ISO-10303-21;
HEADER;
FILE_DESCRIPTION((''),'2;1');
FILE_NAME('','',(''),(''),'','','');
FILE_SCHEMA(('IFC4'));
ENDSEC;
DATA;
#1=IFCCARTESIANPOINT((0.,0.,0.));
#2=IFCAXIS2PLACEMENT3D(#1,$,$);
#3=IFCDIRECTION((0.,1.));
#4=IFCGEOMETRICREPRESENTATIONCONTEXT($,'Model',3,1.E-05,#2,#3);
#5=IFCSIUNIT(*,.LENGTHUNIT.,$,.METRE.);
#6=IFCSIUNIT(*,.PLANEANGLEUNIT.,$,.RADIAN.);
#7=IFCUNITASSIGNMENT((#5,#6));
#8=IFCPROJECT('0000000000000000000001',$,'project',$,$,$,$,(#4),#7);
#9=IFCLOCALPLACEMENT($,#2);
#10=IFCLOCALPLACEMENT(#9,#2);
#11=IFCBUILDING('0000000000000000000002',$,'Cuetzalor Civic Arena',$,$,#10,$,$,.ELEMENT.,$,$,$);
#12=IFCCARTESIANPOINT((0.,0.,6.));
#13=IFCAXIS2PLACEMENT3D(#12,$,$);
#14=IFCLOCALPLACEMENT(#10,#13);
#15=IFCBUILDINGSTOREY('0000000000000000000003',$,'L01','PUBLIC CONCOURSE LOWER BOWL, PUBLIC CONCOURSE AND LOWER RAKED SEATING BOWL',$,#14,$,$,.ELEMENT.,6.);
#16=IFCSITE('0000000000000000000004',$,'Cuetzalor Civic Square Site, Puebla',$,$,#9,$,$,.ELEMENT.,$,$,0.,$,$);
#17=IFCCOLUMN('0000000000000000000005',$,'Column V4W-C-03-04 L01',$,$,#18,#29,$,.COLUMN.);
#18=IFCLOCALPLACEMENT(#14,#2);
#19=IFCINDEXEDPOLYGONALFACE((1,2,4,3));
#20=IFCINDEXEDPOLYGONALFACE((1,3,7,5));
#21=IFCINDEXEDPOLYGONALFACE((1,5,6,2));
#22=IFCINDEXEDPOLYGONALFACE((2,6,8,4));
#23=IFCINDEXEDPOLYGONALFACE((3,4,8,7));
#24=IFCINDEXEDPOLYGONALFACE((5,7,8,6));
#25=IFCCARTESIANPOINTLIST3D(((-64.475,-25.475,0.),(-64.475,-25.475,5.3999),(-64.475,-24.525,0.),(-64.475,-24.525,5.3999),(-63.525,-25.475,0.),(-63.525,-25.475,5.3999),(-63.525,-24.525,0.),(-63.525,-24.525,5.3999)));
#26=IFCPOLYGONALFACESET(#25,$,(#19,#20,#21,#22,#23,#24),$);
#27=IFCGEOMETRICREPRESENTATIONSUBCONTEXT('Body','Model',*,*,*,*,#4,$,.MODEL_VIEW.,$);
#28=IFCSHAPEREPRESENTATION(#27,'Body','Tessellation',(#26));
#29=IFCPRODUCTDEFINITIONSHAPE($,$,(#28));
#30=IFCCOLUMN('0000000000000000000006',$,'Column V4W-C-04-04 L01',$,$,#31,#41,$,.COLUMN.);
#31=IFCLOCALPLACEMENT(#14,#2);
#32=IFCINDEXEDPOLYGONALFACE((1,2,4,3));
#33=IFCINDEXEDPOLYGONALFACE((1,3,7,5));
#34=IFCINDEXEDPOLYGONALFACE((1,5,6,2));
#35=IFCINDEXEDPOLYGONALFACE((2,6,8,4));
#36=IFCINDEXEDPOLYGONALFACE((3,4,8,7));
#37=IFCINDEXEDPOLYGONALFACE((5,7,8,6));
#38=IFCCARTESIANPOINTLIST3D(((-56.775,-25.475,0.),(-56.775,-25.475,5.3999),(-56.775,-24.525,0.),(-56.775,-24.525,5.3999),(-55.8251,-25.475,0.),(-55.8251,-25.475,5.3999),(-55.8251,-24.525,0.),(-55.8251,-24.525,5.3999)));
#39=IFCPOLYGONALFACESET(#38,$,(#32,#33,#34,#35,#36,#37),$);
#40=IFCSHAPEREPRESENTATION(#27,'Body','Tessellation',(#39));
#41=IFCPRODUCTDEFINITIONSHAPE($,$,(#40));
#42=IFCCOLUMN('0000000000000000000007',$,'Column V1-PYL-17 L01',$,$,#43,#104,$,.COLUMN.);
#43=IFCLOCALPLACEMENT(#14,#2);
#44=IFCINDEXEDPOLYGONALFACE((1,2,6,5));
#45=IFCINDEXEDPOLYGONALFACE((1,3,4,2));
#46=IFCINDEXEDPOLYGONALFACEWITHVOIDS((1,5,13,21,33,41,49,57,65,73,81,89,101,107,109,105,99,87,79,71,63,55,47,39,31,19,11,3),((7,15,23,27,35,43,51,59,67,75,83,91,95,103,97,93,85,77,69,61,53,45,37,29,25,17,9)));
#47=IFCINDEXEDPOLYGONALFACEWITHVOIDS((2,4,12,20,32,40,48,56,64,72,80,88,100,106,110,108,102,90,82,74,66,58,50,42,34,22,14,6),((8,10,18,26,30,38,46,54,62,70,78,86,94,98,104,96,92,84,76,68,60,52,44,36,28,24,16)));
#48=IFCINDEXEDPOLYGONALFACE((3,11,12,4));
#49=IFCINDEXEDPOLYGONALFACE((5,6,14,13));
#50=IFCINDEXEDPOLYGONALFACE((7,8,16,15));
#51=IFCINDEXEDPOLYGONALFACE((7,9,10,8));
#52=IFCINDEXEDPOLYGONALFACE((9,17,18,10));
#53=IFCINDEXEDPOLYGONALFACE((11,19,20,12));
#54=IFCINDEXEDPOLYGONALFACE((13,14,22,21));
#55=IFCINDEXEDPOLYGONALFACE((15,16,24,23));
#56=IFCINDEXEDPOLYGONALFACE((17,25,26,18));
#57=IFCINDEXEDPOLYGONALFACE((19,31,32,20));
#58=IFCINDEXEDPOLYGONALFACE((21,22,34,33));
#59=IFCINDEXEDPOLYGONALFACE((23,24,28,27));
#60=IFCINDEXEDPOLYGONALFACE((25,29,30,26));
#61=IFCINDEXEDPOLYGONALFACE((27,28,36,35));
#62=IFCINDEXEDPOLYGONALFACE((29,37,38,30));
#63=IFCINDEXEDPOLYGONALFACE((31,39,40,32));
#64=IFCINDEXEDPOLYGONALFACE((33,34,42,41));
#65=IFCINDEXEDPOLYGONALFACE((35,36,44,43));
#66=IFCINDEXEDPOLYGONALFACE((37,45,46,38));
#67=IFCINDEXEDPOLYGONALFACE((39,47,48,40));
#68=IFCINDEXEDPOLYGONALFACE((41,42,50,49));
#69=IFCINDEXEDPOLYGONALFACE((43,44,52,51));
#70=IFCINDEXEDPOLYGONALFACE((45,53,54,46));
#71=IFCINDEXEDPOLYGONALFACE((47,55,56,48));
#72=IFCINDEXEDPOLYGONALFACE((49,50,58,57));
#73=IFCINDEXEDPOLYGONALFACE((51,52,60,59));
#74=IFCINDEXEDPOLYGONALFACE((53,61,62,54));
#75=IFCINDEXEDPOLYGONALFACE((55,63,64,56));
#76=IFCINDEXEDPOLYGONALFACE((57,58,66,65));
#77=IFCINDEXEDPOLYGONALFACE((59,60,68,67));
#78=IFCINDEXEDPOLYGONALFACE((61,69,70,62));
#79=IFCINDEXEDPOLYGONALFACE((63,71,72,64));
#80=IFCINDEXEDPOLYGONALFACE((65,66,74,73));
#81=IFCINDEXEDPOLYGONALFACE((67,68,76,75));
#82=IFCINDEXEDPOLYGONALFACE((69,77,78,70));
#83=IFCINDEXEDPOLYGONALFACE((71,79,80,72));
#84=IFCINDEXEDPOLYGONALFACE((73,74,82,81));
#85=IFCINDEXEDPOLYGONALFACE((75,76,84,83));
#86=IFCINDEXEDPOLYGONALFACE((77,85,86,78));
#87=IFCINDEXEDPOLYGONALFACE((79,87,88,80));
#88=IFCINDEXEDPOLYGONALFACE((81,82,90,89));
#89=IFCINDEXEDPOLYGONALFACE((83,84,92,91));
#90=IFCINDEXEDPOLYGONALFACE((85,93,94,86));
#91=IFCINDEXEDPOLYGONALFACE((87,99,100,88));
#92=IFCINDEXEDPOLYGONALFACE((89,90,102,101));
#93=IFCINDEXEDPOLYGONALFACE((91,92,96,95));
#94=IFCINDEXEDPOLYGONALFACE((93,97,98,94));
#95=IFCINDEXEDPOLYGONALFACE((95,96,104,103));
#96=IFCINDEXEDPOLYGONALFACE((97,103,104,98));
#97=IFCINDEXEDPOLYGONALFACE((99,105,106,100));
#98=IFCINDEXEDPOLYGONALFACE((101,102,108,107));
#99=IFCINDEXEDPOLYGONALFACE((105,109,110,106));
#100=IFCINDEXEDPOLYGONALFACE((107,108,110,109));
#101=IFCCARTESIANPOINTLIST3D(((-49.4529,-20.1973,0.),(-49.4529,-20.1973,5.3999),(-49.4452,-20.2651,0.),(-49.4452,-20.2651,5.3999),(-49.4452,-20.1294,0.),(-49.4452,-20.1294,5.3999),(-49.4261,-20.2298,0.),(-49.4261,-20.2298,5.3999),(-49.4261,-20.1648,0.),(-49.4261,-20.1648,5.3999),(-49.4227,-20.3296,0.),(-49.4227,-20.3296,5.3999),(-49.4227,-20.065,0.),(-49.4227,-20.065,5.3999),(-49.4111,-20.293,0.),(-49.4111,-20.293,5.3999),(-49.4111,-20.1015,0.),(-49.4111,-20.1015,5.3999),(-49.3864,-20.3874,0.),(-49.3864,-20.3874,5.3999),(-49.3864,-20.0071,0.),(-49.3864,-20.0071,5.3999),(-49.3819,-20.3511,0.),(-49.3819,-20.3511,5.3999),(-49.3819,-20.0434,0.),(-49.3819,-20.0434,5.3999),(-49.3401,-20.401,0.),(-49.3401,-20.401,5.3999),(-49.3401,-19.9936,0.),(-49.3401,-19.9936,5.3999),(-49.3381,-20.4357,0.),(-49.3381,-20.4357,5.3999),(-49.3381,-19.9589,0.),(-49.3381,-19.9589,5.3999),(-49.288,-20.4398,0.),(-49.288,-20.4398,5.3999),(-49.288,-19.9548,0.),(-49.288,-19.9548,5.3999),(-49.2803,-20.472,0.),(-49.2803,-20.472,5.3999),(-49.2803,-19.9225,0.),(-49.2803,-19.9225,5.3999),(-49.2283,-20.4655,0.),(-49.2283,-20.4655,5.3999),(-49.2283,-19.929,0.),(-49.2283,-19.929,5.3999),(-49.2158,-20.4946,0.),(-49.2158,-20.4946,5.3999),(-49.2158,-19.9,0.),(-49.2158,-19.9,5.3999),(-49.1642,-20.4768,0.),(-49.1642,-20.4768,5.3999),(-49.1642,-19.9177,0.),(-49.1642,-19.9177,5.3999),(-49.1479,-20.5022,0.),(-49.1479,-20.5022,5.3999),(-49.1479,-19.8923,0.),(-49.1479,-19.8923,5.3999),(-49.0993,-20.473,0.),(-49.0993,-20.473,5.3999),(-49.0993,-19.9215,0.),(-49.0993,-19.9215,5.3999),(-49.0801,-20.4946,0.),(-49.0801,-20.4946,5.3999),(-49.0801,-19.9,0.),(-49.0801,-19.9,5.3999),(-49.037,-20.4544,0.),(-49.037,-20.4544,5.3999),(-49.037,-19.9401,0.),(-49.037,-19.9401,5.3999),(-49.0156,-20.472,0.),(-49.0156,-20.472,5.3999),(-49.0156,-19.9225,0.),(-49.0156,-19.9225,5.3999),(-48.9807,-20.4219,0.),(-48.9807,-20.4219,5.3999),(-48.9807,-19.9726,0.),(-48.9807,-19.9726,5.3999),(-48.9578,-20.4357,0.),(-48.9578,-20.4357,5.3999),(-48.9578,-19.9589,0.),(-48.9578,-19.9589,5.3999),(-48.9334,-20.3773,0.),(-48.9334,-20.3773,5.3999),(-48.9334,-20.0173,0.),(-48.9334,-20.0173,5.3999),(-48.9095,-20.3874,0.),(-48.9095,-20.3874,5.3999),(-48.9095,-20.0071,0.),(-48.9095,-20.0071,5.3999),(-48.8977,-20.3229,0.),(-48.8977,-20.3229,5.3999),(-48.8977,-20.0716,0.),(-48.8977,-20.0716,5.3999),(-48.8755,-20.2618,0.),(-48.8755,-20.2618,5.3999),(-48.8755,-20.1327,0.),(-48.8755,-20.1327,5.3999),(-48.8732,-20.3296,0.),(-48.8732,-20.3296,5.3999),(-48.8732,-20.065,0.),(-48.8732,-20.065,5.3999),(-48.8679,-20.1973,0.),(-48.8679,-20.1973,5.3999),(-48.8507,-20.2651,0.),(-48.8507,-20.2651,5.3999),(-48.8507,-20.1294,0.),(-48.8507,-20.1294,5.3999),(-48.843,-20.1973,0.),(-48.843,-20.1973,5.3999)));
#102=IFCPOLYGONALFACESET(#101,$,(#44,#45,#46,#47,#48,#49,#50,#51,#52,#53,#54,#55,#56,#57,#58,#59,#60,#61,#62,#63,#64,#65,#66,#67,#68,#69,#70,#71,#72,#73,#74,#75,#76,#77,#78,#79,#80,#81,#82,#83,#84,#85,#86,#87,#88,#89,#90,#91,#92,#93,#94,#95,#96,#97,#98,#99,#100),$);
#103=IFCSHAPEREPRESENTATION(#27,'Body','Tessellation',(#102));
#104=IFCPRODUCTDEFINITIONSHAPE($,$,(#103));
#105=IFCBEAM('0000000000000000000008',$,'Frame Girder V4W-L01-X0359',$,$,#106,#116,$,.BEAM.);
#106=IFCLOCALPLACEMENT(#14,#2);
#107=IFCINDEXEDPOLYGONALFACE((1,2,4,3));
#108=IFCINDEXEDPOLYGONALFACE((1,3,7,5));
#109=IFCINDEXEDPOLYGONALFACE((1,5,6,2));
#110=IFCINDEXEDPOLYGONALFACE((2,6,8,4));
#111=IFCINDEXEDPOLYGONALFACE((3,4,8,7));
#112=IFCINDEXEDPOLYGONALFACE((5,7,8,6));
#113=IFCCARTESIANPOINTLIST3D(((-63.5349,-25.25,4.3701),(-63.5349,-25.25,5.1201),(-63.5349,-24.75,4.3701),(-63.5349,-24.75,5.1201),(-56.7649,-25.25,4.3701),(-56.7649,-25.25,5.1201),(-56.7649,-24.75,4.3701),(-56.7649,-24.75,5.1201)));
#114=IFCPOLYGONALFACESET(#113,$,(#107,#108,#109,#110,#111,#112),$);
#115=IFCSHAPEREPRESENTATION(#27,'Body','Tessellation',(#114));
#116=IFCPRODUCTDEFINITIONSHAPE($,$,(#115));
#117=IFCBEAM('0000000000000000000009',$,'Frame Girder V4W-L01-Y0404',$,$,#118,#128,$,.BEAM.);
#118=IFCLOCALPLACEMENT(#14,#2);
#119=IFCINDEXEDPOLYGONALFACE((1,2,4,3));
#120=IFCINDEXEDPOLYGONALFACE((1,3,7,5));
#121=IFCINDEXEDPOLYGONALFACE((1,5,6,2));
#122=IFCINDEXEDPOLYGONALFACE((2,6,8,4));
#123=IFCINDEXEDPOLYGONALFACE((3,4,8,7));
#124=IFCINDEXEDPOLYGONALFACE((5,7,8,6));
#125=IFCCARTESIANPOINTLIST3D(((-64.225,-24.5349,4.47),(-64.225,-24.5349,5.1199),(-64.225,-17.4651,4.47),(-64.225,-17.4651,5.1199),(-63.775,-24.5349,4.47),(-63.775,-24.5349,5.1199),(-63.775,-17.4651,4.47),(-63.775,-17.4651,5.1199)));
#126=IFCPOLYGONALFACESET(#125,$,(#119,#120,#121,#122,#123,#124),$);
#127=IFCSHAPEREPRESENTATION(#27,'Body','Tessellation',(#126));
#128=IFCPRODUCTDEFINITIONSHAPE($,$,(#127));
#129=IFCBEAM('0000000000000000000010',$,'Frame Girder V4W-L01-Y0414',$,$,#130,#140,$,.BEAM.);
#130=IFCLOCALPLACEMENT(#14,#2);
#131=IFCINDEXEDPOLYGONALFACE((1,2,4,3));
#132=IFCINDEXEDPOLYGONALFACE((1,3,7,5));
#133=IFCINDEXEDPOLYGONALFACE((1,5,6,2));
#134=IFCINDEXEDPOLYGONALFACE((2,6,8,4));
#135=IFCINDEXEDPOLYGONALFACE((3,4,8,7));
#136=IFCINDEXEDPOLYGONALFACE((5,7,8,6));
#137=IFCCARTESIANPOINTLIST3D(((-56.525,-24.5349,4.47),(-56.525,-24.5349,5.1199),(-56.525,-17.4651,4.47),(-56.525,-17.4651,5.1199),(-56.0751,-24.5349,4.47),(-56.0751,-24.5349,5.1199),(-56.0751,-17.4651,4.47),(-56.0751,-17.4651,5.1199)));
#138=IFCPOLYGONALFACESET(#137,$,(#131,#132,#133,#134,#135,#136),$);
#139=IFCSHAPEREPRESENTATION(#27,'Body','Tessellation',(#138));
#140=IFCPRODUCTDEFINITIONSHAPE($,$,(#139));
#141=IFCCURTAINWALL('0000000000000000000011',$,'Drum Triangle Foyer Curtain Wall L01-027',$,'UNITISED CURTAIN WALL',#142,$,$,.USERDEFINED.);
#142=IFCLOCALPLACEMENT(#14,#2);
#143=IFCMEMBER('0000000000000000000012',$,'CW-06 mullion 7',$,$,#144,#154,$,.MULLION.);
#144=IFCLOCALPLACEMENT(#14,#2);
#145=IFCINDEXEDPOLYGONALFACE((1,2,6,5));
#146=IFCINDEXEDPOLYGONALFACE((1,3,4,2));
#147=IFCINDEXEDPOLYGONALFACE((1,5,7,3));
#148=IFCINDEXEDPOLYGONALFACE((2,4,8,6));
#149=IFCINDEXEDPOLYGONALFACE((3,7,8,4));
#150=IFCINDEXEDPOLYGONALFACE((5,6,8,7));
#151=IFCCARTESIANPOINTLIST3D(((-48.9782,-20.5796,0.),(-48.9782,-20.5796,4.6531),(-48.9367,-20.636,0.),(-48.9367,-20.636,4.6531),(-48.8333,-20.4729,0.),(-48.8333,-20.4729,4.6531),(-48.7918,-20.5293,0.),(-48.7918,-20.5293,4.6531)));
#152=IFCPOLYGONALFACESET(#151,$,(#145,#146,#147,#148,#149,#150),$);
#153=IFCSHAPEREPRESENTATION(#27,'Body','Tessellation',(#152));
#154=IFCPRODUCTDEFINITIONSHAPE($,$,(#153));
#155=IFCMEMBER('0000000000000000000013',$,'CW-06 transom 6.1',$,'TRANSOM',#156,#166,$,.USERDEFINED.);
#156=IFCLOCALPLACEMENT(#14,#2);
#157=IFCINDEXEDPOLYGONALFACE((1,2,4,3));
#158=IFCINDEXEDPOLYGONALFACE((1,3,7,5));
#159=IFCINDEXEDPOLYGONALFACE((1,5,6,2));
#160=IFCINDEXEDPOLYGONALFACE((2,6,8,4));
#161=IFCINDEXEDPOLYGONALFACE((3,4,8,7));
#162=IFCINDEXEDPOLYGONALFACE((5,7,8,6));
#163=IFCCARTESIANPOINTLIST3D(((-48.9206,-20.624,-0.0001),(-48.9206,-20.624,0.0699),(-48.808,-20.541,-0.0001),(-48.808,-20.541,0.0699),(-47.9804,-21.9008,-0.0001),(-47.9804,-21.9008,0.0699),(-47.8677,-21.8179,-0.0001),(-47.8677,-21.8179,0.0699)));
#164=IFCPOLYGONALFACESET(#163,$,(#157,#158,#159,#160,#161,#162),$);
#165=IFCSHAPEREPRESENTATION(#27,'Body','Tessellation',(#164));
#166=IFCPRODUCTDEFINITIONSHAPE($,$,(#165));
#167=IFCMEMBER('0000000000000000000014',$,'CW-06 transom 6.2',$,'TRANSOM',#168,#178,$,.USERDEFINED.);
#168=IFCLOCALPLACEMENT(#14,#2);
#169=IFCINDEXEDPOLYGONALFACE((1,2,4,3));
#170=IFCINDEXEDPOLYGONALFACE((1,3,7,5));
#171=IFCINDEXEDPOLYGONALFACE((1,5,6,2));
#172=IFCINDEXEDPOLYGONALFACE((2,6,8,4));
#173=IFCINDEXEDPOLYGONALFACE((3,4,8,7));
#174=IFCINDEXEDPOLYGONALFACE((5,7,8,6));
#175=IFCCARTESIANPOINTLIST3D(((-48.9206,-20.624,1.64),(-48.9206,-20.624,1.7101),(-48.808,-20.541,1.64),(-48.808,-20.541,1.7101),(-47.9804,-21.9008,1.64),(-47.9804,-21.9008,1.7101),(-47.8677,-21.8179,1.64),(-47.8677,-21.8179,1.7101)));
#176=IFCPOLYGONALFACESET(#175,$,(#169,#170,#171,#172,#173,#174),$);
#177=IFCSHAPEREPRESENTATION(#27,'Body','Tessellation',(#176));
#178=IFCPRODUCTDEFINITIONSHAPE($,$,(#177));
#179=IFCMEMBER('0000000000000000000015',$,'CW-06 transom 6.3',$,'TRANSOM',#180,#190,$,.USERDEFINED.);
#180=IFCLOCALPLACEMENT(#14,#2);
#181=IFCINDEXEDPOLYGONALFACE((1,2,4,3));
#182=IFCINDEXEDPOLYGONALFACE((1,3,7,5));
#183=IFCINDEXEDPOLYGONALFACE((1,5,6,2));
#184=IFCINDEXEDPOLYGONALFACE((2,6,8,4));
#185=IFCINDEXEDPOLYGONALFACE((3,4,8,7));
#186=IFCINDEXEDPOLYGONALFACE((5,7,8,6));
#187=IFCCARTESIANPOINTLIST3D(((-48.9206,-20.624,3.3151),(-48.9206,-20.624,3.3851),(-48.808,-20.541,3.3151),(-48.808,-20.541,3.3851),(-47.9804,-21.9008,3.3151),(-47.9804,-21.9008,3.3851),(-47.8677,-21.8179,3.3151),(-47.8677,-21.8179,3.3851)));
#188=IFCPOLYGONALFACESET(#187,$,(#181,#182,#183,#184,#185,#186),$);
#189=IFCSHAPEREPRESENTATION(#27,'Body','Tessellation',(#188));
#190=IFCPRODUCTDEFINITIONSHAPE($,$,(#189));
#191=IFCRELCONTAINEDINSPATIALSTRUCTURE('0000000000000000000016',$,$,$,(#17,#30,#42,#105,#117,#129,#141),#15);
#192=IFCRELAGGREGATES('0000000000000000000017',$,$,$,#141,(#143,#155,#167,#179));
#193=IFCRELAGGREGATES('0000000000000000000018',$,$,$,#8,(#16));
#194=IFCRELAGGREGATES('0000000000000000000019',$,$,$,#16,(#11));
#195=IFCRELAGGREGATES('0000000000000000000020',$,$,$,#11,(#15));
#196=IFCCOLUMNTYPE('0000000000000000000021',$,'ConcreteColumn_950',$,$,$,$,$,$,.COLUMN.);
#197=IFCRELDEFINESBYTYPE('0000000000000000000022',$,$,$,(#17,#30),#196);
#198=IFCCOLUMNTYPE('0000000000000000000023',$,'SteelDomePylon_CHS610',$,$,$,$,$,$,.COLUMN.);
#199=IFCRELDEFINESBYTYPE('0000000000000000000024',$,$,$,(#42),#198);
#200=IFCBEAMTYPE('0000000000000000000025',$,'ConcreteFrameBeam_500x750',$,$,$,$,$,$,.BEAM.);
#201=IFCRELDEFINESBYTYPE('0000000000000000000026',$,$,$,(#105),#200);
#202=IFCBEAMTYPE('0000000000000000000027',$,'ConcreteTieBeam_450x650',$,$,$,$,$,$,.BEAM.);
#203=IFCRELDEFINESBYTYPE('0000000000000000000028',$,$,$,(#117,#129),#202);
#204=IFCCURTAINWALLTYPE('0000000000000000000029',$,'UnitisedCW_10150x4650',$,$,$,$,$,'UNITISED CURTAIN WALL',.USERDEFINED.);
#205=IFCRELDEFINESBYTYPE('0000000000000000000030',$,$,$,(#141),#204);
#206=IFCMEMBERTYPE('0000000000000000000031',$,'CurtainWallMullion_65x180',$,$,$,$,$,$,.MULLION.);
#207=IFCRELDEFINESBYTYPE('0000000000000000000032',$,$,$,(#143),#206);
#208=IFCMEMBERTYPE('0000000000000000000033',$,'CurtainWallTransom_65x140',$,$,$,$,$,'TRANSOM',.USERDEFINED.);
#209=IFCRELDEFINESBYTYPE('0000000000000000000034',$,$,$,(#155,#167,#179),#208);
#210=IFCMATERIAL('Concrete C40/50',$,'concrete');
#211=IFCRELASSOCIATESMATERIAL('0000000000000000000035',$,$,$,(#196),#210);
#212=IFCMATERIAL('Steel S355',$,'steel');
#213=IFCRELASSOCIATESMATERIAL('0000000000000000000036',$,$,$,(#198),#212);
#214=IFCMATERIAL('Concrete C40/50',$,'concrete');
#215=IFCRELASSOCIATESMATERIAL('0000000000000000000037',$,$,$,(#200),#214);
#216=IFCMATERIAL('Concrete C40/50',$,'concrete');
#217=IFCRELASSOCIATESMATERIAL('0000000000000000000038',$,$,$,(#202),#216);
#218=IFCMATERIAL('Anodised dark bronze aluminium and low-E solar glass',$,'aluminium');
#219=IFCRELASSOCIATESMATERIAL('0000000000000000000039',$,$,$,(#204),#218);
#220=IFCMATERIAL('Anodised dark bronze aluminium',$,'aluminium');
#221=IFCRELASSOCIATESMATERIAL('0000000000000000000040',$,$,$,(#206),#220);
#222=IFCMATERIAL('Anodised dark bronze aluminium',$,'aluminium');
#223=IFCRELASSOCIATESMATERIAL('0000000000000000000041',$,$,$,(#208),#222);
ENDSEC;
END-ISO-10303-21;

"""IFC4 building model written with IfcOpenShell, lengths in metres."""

from ifc_helpers import new_model, si_unit, direction, frame, origin, origin_2d, place, context, subcontext, project, spatial, rectangle, hollow_circle, extrude, material, material_profile, profile_set, type_object, element, aggregate, save


model = new_model("IFC4")

# Units and contexts
model_context = context("Model", 3, precision=1e-05, world=origin(), true_north=direction((0.0, 1.0)))
body_context = subcontext(model_context, "Body", "Model", "MODEL_VIEW")
ifc_project = project(units=[si_unit("LENGTHUNIT", "METRE"), si_unit("PLANEANGLEUNIT", "RADIAN")], contexts=[model_context])

# Site, building, storey
site_placement = place(None, origin())
site = spatial("IfcSite", under=ifc_project, at=site_placement, Name="Cuetzalor Civic Square Site, Puebla", CompositionType="ELEMENT", RefElevation=0.0)
building_placement = place(site_placement, origin())
building = spatial("IfcBuilding", under=site, at=building_placement, Name="Cuetzalor Civic Arena", CompositionType="ELEMENT")
storey_placement = place(building_placement, frame((0.0, 0.0, 6.0)))
storey = spatial("IfcBuildingStorey", under=building, at=storey_placement, Name="L01", Description="PUBLIC CONCOURSE LOWER BOWL, PUBLIC CONCOURSE AND LOWER RAKED SEATING BOWL", CompositionType="ELEMENT", Elevation=6.0)

# Columns
ifc_material_1 = material(Name="Concrete C40/50", Category="concrete")
ifc_material_profile_1 = material_profile(ifc_material_1, rectangle(XDim=0.95, YDim=0.95, at=origin_2d()), Name="RC 950x950")
ifc_profile_set_1 = profile_set([ifc_material_profile_1], Name="Concrete C40/50")
column_type_1 = type_object("IfcColumnType", Name="ConcreteColumn_950", PredefinedType="COLUMN", material=ifc_profile_set_1)
for number, where, z_axis, x_axis, name in (
    (1, (-64.0, -25.0, 0.0), (0.0, 0.0, 1.0), (1.0, 0.0, 0.0), "Column V4W-C-03-04 L01"),
    (2, (-56.3, -25.0, 0.0), (0.0, 0.0, 1.0), (1.0, 0.0, 0.0), "Column V4W-C-04-04 L01"),
):
    element("IfcColumn", number, at=place(storey_placement, frame(where, z_axis=z_axis, x_axis=x_axis)), inside=storey, type_object=column_type_1, Name=name, PredefinedType="COLUMN", context=body_context, shape_type="SweptSolid", body=[
        extrude(rectangle(XDim=0.95, YDim=0.95, at=origin_2d()), origin(), (0.0, 0.0, 1.0), 5.3999),
    ])
ifc_material_2 = material(Name="Steel S355", Category="steel")
ifc_material_profile_2 = material_profile(ifc_material_2, hollow_circle(Radius=0.3049, WallThickness=0.0249, at=origin_2d()), Name="CHS 610x25")
ifc_profile_set_2 = profile_set([ifc_material_profile_2], Name="Steel S355")
column_type_2 = type_object("IfcColumnType", Name="SteelDomePylon_CHS610", PredefinedType="COLUMN", material=ifc_profile_set_2)
column_placement = place(storey_placement, frame((-49.1479, -20.1973, 0.0), z_axis=(0.0, 0.0, 1.0), x_axis=(1.0, 0.0, 0.0)))
element("IfcColumn", 3, at=column_placement, inside=storey, type_object=column_type_2, Name="Column V1-PYL-17 L01", PredefinedType="COLUMN", context=body_context, shape_type="SweptSolid", body=[
    extrude(hollow_circle(Radius=0.3049, WallThickness=0.0249, at=origin_2d()), origin(), (0.0, 0.0, 1.0), 5.3999),
])

# Beams
ifc_material_3 = material(Name="Concrete C40/50", Category="concrete")
ifc_material_profile_3 = material_profile(ifc_material_3, rectangle(XDim=0.5, YDim=0.75, at=origin_2d()), Name="RC 500x750")
ifc_profile_set_3 = profile_set([ifc_material_profile_3], Name="Concrete C40/50")
beam_type_1 = type_object("IfcBeamType", Name="ConcreteFrameBeam_500x750", PredefinedType="BEAM", material=ifc_profile_set_3)
beam_1_placement = place(storey_placement, frame((-63.5349, -25.0, 4.7451), z_axis=(1.0, 0.0, 0.0), x_axis=(0.0, 1.0, 0.0)))
element("IfcBeam", 4, at=beam_1_placement, inside=storey, type_object=beam_type_1, Name="Frame Girder V4W-L01-X0359", PredefinedType="BEAM", context=body_context, shape_type="SweptSolid", body=[
    extrude(rectangle(XDim=0.5, YDim=0.75, at=origin_2d()), origin(), (0.0, 0.0, 1.0), 6.77),
])
ifc_material_4 = material(Name="Concrete C40/50", Category="concrete")
ifc_material_profile_4 = material_profile(ifc_material_4, rectangle(XDim=0.45, YDim=0.6499, at=origin_2d()), Name="RC 450x650")
ifc_profile_set_4 = profile_set([ifc_material_profile_4], Name="Concrete C40/50")
beam_type_2 = type_object("IfcBeamType", Name="ConcreteTieBeam_450x650", PredefinedType="BEAM", material=ifc_profile_set_4)
for number, where, z_axis, x_axis, name in (
    (5, (-64.0, -24.5349, 4.7949), (0.0, 1.0, 0.0), (-1.0, 0.0, 0.0), "Frame Girder V4W-L01-Y0404"),
    (6, (-56.3, -24.5349, 4.7949), (0.0, 1.0, 0.0), (-1.0, 0.0, 0.0), "Frame Girder V4W-L01-Y0414"),
):
    element("IfcBeam", number, at=place(storey_placement, frame(where, z_axis=z_axis, x_axis=x_axis)), inside=storey, type_object=beam_type_2, Name=name, PredefinedType="BEAM", context=body_context, shape_type="SweptSolid", body=[
        extrude(rectangle(XDim=0.45, YDim=0.6499, at=origin_2d()), origin(), (0.0, 0.0, 1.0), 7.0698),
    ])

# Curtain wall, members
ifc_material_5 = material(Name="Anodised dark bronze aluminium and low-E solar glass", Category="aluminium")
curtain_wall_type = type_object("IfcCurtainWallType", Name="UnitisedCW_10150x4650", ElementType="UNITISED CURTAIN WALL", PredefinedType="USERDEFINED", material=ifc_material_5)
curtain_wall_placement = place(storey_placement, origin())
curtain_wall = element("IfcCurtainWall", 7, at=curtain_wall_placement, inside=storey, type_object=curtain_wall_type, Name="Drum Triangle Foyer Curtain Wall L01-027", ObjectType="UNITISED CURTAIN WALL", PredefinedType="USERDEFINED")
ifc_material_6 = material(Name="Anodised dark bronze aluminium", Category="aluminium")
ifc_material_profile_5 = material_profile(ifc_material_6, rectangle(XDim=0.0701, YDim=0.1799, at=origin_2d()), Name="ALU MULLION 70x180")
ifc_profile_set_5 = profile_set([ifc_material_profile_5], Name="Anodised dark bronze aluminium")
member_type_1 = type_object("IfcMemberType", Name="CurtainWallMullion_65x180", PredefinedType="MULLION", material=ifc_profile_set_5)
member_1_placement = place(storey_placement, frame((-48.885, -20.5544, 0.0), z_axis=(0.0, 0.0, 1.0), x_axis=(-0.592929, 0.805255, 0.0)))
member_1 = element("IfcMember", 8, at=member_1_placement, type_object=member_type_1, Name="CW-06 mullion 7", PredefinedType="MULLION", context=body_context, shape_type="SweptSolid", body=[
    extrude(rectangle(XDim=0.0701, YDim=0.1799, at=origin_2d()), origin(), (0.0, 0.0, 1.0), 4.6531),
])
ifc_material_7 = material(Name="Anodised dark bronze aluminium", Category="aluminium")
ifc_material_profile_6 = material_profile(ifc_material_7, rectangle(XDim=0.1399, YDim=0.0701, at=origin_2d()), Name="ALU TRANSOM 70x140")
ifc_profile_set_6 = profile_set([ifc_material_profile_6], Name="Anodised dark bronze aluminium")
member_type_2 = type_object("IfcMemberType", Name="CurtainWallTransom_65x140", ElementType="TRANSOM", PredefinedType="USERDEFINED", material=ifc_profile_set_6)
member_2_placement = place(storey_placement, frame((-47.9241, -21.8594, 0.0349), z_axis=(-0.592931, 0.805253, 0.0), x_axis=(-0.805253, -0.592931, 0.0)))
member_2 = element("IfcMember", 9, at=member_2_placement, type_object=member_type_2, Name="CW-06 transom 6.1", ObjectType="TRANSOM", PredefinedType="USERDEFINED", context=body_context, shape_type="SweptSolid", body=[
    extrude(rectangle(XDim=0.1399, YDim=0.0701, at=origin_2d()), origin(), (0.0, 0.0, 1.0), 1.5857),
])
member_3_placement = place(storey_placement, frame((-47.9241, -21.8594, 1.675), z_axis=(-0.592931, 0.805253, 0.0), x_axis=(-0.805253, -0.592931, 0.0)))
member_3 = element("IfcMember", 10, at=member_3_placement, type_object=member_type_2, Name="CW-06 transom 6.2", ObjectType="TRANSOM", PredefinedType="USERDEFINED", context=body_context, shape_type="SweptSolid", body=[
    extrude(rectangle(XDim=0.1399, YDim=0.0701, at=origin_2d()), origin(), (0.0, 0.0, 1.0), 1.5857),
])
member_4_placement = place(storey_placement, frame((-47.9241, -21.8594, 3.3501), z_axis=(-0.592931, 0.805253, 0.0), x_axis=(-0.805253, -0.592931, 0.0)))
member_4 = element("IfcMember", 11, at=member_4_placement, type_object=member_type_2, Name="CW-06 transom 6.3", ObjectType="TRANSOM", PredefinedType="USERDEFINED", context=body_context, shape_type="SweptSolid", body=[
    extrude(rectangle(XDim=0.1399, YDim=0.0701, at=origin_2d()), origin(), (0.0, 0.0, 1.0), 1.5857),
])

aggregate(curtain_wall, [member_1, member_2, member_3, member_4])

save(model, "model.ifc")
